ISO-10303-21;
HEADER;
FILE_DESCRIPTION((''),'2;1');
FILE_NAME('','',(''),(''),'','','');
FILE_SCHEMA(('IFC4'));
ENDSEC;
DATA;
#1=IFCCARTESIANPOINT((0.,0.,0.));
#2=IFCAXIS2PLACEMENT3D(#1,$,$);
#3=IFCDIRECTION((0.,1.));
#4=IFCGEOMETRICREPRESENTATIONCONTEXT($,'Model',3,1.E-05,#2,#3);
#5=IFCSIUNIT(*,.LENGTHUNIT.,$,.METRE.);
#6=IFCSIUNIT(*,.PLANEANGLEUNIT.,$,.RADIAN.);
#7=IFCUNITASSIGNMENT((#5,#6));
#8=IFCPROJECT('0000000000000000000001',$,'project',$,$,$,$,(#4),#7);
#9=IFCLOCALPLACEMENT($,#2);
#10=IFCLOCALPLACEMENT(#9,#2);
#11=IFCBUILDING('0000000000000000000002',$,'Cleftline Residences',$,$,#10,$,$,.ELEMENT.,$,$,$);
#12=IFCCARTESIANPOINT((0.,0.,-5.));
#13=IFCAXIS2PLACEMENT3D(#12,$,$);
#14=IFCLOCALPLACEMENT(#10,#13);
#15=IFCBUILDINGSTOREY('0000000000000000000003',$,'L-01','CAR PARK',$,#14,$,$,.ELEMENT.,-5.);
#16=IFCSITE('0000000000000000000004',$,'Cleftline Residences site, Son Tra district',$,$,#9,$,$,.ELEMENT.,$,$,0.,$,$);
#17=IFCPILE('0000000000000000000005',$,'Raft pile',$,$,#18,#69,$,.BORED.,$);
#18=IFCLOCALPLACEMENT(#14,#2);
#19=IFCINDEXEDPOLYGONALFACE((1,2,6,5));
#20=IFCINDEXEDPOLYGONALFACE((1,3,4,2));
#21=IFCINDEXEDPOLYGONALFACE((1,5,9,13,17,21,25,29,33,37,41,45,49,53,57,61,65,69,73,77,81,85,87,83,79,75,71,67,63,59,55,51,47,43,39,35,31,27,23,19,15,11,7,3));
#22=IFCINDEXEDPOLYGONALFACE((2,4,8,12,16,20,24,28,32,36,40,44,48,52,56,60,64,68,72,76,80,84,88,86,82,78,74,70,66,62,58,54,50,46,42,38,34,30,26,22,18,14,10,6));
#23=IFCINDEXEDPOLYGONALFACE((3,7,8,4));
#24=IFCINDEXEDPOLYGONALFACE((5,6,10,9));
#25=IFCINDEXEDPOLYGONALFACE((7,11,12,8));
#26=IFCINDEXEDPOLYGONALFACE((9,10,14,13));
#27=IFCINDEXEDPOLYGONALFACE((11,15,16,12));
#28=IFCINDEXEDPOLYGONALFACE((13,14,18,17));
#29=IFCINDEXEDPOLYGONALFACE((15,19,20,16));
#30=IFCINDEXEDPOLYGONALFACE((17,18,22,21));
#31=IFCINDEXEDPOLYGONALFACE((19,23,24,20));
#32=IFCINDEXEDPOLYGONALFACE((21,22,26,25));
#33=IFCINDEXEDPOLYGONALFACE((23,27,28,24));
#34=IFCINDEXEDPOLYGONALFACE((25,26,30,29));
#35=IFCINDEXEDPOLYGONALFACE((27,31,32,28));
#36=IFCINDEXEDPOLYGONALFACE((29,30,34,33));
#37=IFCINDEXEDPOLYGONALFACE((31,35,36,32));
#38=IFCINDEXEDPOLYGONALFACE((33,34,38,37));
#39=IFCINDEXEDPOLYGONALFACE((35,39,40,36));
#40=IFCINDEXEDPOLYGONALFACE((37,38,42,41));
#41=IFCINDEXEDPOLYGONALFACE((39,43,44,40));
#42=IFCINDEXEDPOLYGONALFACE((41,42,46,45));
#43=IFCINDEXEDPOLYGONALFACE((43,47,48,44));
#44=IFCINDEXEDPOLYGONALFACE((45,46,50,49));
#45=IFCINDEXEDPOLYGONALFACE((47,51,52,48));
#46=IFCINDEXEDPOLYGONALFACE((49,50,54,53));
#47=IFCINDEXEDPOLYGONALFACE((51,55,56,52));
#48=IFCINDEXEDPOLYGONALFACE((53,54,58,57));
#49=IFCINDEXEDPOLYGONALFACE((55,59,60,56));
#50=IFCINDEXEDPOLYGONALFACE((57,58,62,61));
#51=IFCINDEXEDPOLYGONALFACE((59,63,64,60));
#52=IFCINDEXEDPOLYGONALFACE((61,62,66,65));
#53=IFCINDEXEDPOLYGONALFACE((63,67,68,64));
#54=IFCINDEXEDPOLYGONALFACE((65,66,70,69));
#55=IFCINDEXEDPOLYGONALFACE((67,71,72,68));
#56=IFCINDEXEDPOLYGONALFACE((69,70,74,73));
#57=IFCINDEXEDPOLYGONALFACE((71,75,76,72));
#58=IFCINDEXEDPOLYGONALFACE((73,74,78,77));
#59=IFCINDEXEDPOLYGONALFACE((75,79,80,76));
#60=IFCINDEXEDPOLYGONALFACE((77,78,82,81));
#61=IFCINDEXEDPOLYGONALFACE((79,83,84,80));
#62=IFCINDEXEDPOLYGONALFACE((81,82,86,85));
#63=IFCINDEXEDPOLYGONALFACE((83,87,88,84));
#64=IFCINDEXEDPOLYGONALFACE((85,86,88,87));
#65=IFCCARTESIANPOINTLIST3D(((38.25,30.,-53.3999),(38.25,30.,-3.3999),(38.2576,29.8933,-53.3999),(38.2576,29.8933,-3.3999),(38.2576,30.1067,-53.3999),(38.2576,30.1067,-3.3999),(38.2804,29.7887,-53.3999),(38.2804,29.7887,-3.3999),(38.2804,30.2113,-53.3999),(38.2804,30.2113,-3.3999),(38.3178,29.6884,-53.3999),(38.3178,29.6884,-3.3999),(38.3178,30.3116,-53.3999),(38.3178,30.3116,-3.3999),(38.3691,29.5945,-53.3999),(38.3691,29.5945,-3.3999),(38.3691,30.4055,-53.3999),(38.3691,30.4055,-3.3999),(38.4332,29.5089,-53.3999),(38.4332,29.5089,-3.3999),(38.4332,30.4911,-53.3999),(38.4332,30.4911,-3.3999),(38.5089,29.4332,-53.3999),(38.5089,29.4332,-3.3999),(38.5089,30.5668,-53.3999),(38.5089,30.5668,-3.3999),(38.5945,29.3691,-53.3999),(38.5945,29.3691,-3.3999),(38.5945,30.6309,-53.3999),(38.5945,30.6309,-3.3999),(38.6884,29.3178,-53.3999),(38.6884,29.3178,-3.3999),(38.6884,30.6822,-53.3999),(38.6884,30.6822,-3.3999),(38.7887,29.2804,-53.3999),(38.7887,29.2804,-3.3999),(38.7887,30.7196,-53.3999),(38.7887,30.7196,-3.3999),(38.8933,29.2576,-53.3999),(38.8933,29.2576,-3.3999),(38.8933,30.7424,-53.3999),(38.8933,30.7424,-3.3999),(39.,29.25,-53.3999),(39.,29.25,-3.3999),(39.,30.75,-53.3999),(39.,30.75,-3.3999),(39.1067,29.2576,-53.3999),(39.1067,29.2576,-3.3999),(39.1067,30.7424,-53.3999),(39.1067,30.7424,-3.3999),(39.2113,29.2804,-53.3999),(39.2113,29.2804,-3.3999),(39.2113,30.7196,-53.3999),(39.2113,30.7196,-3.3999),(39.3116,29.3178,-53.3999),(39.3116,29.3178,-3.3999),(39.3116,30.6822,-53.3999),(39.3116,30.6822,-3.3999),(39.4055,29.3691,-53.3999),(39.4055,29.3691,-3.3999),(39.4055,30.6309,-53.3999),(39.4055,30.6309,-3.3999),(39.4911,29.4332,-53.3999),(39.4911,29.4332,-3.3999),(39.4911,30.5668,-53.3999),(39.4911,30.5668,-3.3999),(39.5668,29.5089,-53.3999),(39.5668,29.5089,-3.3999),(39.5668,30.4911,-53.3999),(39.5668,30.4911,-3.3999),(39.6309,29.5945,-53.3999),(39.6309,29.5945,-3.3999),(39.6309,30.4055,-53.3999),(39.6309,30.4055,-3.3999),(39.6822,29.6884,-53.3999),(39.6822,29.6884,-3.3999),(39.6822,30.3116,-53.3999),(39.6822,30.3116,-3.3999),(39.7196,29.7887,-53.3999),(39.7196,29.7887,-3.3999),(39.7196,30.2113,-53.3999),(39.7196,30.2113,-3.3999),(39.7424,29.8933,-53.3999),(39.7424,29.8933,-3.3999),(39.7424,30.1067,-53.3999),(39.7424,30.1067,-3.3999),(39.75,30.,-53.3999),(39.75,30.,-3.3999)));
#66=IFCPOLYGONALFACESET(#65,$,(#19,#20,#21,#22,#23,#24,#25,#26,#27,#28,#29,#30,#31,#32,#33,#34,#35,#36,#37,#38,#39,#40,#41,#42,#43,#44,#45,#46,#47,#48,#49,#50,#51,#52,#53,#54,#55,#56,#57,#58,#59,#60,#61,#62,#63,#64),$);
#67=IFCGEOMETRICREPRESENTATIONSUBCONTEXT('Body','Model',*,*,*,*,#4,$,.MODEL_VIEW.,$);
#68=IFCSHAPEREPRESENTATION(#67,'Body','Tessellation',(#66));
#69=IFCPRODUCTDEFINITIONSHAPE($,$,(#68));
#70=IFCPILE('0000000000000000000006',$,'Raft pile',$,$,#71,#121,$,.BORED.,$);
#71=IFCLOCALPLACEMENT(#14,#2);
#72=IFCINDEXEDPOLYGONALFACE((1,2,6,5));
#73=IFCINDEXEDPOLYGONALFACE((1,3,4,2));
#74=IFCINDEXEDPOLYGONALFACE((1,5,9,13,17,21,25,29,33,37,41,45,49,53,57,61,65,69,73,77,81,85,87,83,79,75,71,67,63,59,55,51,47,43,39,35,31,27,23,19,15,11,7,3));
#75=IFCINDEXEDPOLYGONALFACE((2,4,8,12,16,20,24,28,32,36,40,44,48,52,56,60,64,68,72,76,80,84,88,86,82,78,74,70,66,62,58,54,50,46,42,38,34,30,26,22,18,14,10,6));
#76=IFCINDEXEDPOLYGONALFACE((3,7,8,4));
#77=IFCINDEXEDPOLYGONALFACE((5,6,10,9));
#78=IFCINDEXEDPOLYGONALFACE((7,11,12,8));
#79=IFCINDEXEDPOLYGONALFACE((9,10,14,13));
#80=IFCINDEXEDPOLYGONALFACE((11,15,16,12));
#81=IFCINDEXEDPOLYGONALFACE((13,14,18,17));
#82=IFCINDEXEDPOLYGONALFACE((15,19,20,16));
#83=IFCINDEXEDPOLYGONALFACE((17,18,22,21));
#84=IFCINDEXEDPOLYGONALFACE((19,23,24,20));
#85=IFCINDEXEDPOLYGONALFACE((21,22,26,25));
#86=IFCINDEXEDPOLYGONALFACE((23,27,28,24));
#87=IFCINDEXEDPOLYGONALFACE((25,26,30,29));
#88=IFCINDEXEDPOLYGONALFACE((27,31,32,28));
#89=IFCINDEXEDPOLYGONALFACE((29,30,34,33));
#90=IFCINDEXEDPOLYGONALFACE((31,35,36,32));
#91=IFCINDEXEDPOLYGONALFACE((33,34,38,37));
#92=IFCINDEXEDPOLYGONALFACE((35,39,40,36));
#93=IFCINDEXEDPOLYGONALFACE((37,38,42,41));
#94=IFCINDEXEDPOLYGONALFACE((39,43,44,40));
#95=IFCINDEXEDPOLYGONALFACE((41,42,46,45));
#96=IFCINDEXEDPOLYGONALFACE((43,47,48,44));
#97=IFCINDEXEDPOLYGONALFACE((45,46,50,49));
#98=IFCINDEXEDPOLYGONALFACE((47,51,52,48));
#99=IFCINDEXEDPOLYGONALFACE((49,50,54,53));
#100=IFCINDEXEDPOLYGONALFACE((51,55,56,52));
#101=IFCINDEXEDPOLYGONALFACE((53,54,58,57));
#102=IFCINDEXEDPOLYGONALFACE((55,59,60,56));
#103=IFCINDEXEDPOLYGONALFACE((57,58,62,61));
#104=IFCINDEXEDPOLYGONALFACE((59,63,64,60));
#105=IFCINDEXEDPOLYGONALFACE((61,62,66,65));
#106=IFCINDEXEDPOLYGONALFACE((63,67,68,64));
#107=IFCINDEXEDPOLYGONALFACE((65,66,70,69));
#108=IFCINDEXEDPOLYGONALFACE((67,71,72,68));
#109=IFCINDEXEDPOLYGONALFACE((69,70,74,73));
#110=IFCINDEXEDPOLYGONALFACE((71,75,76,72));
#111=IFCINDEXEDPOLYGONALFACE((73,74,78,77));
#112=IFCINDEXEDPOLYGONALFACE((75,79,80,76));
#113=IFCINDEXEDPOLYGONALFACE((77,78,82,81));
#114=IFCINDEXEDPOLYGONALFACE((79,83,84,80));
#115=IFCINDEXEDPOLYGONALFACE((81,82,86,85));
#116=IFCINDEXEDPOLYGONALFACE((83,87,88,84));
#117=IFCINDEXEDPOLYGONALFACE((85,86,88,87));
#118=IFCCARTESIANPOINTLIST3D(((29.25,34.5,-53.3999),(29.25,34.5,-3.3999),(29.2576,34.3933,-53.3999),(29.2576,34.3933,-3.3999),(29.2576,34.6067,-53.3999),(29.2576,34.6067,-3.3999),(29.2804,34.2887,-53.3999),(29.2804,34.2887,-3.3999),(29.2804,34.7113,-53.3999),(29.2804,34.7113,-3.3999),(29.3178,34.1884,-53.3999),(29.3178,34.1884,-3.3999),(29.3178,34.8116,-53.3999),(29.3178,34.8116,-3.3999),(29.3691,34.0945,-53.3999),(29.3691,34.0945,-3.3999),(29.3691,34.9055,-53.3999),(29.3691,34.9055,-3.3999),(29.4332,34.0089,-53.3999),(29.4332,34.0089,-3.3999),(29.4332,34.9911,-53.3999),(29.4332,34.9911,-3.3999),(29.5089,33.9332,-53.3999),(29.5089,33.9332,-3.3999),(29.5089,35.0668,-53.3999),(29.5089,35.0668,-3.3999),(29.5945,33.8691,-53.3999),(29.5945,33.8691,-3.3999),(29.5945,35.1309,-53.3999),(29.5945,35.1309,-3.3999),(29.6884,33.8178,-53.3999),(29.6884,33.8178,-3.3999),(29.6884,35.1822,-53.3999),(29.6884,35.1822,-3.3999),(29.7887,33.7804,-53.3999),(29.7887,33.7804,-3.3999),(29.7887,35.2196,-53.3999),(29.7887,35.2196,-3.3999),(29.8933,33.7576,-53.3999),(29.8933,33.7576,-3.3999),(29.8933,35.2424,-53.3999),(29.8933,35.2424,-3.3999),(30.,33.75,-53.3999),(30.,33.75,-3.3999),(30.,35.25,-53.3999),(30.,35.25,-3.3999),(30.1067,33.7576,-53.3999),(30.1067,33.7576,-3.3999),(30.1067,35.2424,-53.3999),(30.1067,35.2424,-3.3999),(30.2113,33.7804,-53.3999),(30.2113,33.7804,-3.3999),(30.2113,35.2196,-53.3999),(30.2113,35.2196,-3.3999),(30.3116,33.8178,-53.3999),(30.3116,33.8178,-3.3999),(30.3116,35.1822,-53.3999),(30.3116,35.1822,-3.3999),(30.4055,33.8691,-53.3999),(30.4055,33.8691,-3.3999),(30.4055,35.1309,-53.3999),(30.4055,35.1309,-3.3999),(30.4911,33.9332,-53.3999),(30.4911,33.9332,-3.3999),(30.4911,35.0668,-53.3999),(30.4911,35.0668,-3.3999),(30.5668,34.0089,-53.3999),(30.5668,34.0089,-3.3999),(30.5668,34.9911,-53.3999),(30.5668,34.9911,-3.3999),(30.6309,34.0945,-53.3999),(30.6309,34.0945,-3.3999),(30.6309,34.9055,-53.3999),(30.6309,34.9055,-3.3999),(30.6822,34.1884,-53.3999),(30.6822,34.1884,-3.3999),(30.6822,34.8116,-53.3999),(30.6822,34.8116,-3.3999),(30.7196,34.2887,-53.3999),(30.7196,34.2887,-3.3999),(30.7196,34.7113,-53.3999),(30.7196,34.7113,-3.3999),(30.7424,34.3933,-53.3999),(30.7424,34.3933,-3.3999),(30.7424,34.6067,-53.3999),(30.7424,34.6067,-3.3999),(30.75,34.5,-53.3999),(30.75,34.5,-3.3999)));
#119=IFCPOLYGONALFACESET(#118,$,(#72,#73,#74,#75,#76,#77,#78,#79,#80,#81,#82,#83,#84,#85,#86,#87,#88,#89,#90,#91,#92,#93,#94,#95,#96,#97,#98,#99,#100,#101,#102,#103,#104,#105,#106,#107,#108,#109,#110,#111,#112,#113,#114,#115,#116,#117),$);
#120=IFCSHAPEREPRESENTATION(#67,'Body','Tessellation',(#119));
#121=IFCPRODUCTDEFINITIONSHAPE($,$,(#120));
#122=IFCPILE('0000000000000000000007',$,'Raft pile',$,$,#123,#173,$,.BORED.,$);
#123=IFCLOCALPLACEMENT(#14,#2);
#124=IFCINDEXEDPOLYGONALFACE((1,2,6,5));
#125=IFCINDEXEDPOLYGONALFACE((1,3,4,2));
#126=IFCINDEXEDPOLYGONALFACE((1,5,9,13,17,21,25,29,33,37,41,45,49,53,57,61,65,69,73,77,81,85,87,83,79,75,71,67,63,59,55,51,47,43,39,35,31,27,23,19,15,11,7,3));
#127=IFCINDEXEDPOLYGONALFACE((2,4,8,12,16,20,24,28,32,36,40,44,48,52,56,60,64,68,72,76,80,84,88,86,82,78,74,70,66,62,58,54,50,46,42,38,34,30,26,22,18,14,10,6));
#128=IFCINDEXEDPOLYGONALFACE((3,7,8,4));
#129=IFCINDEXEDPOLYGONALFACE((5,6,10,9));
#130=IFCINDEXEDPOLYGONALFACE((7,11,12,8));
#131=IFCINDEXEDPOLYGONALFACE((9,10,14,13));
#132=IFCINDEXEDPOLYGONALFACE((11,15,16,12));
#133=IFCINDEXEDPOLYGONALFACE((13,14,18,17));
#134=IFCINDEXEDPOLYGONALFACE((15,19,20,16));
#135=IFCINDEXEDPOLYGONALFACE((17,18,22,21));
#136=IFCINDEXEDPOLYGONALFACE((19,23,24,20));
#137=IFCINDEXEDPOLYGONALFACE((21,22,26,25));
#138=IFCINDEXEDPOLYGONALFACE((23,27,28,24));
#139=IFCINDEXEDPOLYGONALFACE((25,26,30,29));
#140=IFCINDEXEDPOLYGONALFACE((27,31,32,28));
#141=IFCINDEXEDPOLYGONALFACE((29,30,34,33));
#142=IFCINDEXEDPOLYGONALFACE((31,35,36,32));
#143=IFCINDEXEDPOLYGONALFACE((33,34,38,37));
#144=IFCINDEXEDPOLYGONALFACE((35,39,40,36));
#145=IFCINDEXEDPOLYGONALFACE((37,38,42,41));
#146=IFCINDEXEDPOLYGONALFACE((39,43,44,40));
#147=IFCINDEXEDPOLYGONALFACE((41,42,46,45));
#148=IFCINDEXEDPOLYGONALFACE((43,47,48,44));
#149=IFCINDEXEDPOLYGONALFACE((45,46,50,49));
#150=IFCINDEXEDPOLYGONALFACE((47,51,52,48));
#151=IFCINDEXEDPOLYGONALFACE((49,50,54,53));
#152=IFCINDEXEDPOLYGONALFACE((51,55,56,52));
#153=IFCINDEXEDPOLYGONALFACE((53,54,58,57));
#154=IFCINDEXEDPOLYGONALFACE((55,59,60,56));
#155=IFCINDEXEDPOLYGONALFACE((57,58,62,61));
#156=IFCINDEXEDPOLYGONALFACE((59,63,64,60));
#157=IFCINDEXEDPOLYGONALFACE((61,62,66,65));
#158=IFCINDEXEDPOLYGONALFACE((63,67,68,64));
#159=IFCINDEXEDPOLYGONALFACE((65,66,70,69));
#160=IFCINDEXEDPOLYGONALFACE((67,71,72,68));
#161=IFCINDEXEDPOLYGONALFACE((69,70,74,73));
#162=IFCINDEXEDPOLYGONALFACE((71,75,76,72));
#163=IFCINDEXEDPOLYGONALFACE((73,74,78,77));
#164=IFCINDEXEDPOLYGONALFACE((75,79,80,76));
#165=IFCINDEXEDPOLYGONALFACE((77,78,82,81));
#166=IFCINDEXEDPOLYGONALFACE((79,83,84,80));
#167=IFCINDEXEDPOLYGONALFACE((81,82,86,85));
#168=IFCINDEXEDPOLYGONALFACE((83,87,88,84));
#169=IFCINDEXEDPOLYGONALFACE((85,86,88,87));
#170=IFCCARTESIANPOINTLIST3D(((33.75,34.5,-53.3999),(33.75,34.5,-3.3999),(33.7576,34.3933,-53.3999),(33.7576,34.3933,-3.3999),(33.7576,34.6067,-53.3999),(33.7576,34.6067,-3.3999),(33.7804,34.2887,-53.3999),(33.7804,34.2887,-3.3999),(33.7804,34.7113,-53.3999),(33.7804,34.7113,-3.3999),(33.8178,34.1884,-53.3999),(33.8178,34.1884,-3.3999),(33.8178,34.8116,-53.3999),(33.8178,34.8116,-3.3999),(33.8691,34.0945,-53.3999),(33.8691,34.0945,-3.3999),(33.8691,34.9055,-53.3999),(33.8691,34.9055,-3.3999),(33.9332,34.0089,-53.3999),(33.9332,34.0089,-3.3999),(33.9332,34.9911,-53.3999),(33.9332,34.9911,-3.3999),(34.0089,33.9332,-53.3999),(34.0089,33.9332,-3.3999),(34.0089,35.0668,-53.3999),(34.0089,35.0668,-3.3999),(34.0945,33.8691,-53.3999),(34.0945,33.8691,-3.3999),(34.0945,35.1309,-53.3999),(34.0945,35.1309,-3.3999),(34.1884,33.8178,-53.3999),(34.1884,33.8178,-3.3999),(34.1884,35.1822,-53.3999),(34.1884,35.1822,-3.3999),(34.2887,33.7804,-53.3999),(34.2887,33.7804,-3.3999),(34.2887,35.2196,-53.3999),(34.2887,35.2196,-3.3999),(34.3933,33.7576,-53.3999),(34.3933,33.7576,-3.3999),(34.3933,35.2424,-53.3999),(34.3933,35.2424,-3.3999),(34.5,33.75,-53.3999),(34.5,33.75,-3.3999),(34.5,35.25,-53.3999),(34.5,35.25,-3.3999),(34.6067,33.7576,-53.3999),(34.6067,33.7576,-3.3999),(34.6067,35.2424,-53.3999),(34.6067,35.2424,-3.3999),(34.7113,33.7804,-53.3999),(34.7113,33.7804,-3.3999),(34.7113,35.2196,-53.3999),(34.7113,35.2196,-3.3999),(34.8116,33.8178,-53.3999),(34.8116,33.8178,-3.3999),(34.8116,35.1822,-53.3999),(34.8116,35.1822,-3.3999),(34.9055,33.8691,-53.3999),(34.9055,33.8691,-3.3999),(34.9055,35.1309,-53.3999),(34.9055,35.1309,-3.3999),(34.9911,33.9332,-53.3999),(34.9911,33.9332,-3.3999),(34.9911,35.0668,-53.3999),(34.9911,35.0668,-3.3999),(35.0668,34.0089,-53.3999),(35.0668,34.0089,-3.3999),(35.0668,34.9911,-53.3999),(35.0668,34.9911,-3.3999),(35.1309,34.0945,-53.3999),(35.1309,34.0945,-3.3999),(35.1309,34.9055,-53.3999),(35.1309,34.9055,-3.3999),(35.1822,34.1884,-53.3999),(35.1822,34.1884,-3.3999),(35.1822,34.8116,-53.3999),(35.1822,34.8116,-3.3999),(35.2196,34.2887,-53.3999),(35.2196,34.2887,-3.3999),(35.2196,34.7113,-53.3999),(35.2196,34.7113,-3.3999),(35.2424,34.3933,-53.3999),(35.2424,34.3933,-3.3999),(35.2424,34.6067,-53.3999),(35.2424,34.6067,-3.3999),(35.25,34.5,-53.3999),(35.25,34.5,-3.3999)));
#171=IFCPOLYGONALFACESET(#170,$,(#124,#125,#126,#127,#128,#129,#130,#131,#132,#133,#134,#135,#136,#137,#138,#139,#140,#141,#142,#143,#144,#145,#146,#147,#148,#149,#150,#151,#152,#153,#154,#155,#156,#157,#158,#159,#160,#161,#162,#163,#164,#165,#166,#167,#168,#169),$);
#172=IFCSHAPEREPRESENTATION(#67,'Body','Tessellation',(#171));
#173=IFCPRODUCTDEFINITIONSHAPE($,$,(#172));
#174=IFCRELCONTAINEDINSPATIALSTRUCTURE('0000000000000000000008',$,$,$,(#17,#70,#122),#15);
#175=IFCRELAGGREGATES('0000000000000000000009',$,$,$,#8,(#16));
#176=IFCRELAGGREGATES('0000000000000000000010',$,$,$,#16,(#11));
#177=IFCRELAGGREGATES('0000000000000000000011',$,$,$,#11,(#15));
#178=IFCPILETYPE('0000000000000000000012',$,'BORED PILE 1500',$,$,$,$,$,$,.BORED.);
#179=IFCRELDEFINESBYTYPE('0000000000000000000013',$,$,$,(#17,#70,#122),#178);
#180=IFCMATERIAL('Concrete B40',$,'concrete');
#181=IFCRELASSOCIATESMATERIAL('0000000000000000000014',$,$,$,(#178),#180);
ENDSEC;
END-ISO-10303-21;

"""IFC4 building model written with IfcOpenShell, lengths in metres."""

from ifc_helpers import new_model, si_unit, direction, frame, origin, origin_2d, place, context, subcontext, project, spatial, circle, extrude, material, material_profile, profile_set, type_object, element, save


model = new_model("IFC4")

# Units and contexts
model_context = context("Model", 3, precision=1e-05, world=origin(), true_north=direction((0.0, 1.0)))
body_context = subcontext(model_context, "Body", "Model", "MODEL_VIEW")
ifc_project = project(units=[si_unit("LENGTHUNIT", "METRE"), si_unit("PLANEANGLEUNIT", "RADIAN")], contexts=[model_context])

# Site, building, storey
site_placement = place(None, origin())
site = spatial("IfcSite", under=ifc_project, at=site_placement, Name="Cleftline Residences site, Son Tra district", CompositionType="ELEMENT", RefElevation=0.0)
building_placement = place(site_placement, origin())
building = spatial("IfcBuilding", under=site, at=building_placement, Name="Cleftline Residences", CompositionType="ELEMENT")
storey_placement = place(building_placement, frame((0.0, 0.0, -5.0)))
storey = spatial("IfcBuildingStorey", under=building, at=storey_placement, Name="L-01", Description="CAR PARK", CompositionType="ELEMENT", Elevation=-5.0)

# Piles
ifc_material_1 = material(Name="Concrete B40", Category="concrete")
ifc_material_profile = material_profile(ifc_material_1, circle(Radius=0.75, at=origin_2d()))
ifc_profile_set = profile_set([ifc_material_profile], Name="Concrete B40")
pile_type = type_object("IfcPileType", Name="BORED PILE 1500", PredefinedType="BORED", material=ifc_profile_set)
for number, where, z_axis, x_axis, name in (
    (1, (39.0, 30.0, -3.3999), (0.0, 0.0, -1.0), (1.0, 0.0, 0.0), "Raft pile"),
    (2, (30.0, 34.5, -3.3999), (0.0, 0.0, -1.0), (1.0, 0.0, 0.0), "Raft pile"),
    (3, (34.5, 34.5, -3.3999), (0.0, 0.0, -1.0), (1.0, 0.0, 0.0), "Raft pile"),
):
    element("IfcPile", number, at=place(storey_placement, frame(where, z_axis=z_axis, x_axis=x_axis)), inside=storey, type_object=pile_type, Name=name, PredefinedType="BORED", context=body_context, shape_type="SweptSolid", body=[
        extrude(circle(Radius=0.75, at=origin_2d()), origin(), (0.0, 0.0, 1.0), 50.0),
    ])

save(model, "model.ifc")
